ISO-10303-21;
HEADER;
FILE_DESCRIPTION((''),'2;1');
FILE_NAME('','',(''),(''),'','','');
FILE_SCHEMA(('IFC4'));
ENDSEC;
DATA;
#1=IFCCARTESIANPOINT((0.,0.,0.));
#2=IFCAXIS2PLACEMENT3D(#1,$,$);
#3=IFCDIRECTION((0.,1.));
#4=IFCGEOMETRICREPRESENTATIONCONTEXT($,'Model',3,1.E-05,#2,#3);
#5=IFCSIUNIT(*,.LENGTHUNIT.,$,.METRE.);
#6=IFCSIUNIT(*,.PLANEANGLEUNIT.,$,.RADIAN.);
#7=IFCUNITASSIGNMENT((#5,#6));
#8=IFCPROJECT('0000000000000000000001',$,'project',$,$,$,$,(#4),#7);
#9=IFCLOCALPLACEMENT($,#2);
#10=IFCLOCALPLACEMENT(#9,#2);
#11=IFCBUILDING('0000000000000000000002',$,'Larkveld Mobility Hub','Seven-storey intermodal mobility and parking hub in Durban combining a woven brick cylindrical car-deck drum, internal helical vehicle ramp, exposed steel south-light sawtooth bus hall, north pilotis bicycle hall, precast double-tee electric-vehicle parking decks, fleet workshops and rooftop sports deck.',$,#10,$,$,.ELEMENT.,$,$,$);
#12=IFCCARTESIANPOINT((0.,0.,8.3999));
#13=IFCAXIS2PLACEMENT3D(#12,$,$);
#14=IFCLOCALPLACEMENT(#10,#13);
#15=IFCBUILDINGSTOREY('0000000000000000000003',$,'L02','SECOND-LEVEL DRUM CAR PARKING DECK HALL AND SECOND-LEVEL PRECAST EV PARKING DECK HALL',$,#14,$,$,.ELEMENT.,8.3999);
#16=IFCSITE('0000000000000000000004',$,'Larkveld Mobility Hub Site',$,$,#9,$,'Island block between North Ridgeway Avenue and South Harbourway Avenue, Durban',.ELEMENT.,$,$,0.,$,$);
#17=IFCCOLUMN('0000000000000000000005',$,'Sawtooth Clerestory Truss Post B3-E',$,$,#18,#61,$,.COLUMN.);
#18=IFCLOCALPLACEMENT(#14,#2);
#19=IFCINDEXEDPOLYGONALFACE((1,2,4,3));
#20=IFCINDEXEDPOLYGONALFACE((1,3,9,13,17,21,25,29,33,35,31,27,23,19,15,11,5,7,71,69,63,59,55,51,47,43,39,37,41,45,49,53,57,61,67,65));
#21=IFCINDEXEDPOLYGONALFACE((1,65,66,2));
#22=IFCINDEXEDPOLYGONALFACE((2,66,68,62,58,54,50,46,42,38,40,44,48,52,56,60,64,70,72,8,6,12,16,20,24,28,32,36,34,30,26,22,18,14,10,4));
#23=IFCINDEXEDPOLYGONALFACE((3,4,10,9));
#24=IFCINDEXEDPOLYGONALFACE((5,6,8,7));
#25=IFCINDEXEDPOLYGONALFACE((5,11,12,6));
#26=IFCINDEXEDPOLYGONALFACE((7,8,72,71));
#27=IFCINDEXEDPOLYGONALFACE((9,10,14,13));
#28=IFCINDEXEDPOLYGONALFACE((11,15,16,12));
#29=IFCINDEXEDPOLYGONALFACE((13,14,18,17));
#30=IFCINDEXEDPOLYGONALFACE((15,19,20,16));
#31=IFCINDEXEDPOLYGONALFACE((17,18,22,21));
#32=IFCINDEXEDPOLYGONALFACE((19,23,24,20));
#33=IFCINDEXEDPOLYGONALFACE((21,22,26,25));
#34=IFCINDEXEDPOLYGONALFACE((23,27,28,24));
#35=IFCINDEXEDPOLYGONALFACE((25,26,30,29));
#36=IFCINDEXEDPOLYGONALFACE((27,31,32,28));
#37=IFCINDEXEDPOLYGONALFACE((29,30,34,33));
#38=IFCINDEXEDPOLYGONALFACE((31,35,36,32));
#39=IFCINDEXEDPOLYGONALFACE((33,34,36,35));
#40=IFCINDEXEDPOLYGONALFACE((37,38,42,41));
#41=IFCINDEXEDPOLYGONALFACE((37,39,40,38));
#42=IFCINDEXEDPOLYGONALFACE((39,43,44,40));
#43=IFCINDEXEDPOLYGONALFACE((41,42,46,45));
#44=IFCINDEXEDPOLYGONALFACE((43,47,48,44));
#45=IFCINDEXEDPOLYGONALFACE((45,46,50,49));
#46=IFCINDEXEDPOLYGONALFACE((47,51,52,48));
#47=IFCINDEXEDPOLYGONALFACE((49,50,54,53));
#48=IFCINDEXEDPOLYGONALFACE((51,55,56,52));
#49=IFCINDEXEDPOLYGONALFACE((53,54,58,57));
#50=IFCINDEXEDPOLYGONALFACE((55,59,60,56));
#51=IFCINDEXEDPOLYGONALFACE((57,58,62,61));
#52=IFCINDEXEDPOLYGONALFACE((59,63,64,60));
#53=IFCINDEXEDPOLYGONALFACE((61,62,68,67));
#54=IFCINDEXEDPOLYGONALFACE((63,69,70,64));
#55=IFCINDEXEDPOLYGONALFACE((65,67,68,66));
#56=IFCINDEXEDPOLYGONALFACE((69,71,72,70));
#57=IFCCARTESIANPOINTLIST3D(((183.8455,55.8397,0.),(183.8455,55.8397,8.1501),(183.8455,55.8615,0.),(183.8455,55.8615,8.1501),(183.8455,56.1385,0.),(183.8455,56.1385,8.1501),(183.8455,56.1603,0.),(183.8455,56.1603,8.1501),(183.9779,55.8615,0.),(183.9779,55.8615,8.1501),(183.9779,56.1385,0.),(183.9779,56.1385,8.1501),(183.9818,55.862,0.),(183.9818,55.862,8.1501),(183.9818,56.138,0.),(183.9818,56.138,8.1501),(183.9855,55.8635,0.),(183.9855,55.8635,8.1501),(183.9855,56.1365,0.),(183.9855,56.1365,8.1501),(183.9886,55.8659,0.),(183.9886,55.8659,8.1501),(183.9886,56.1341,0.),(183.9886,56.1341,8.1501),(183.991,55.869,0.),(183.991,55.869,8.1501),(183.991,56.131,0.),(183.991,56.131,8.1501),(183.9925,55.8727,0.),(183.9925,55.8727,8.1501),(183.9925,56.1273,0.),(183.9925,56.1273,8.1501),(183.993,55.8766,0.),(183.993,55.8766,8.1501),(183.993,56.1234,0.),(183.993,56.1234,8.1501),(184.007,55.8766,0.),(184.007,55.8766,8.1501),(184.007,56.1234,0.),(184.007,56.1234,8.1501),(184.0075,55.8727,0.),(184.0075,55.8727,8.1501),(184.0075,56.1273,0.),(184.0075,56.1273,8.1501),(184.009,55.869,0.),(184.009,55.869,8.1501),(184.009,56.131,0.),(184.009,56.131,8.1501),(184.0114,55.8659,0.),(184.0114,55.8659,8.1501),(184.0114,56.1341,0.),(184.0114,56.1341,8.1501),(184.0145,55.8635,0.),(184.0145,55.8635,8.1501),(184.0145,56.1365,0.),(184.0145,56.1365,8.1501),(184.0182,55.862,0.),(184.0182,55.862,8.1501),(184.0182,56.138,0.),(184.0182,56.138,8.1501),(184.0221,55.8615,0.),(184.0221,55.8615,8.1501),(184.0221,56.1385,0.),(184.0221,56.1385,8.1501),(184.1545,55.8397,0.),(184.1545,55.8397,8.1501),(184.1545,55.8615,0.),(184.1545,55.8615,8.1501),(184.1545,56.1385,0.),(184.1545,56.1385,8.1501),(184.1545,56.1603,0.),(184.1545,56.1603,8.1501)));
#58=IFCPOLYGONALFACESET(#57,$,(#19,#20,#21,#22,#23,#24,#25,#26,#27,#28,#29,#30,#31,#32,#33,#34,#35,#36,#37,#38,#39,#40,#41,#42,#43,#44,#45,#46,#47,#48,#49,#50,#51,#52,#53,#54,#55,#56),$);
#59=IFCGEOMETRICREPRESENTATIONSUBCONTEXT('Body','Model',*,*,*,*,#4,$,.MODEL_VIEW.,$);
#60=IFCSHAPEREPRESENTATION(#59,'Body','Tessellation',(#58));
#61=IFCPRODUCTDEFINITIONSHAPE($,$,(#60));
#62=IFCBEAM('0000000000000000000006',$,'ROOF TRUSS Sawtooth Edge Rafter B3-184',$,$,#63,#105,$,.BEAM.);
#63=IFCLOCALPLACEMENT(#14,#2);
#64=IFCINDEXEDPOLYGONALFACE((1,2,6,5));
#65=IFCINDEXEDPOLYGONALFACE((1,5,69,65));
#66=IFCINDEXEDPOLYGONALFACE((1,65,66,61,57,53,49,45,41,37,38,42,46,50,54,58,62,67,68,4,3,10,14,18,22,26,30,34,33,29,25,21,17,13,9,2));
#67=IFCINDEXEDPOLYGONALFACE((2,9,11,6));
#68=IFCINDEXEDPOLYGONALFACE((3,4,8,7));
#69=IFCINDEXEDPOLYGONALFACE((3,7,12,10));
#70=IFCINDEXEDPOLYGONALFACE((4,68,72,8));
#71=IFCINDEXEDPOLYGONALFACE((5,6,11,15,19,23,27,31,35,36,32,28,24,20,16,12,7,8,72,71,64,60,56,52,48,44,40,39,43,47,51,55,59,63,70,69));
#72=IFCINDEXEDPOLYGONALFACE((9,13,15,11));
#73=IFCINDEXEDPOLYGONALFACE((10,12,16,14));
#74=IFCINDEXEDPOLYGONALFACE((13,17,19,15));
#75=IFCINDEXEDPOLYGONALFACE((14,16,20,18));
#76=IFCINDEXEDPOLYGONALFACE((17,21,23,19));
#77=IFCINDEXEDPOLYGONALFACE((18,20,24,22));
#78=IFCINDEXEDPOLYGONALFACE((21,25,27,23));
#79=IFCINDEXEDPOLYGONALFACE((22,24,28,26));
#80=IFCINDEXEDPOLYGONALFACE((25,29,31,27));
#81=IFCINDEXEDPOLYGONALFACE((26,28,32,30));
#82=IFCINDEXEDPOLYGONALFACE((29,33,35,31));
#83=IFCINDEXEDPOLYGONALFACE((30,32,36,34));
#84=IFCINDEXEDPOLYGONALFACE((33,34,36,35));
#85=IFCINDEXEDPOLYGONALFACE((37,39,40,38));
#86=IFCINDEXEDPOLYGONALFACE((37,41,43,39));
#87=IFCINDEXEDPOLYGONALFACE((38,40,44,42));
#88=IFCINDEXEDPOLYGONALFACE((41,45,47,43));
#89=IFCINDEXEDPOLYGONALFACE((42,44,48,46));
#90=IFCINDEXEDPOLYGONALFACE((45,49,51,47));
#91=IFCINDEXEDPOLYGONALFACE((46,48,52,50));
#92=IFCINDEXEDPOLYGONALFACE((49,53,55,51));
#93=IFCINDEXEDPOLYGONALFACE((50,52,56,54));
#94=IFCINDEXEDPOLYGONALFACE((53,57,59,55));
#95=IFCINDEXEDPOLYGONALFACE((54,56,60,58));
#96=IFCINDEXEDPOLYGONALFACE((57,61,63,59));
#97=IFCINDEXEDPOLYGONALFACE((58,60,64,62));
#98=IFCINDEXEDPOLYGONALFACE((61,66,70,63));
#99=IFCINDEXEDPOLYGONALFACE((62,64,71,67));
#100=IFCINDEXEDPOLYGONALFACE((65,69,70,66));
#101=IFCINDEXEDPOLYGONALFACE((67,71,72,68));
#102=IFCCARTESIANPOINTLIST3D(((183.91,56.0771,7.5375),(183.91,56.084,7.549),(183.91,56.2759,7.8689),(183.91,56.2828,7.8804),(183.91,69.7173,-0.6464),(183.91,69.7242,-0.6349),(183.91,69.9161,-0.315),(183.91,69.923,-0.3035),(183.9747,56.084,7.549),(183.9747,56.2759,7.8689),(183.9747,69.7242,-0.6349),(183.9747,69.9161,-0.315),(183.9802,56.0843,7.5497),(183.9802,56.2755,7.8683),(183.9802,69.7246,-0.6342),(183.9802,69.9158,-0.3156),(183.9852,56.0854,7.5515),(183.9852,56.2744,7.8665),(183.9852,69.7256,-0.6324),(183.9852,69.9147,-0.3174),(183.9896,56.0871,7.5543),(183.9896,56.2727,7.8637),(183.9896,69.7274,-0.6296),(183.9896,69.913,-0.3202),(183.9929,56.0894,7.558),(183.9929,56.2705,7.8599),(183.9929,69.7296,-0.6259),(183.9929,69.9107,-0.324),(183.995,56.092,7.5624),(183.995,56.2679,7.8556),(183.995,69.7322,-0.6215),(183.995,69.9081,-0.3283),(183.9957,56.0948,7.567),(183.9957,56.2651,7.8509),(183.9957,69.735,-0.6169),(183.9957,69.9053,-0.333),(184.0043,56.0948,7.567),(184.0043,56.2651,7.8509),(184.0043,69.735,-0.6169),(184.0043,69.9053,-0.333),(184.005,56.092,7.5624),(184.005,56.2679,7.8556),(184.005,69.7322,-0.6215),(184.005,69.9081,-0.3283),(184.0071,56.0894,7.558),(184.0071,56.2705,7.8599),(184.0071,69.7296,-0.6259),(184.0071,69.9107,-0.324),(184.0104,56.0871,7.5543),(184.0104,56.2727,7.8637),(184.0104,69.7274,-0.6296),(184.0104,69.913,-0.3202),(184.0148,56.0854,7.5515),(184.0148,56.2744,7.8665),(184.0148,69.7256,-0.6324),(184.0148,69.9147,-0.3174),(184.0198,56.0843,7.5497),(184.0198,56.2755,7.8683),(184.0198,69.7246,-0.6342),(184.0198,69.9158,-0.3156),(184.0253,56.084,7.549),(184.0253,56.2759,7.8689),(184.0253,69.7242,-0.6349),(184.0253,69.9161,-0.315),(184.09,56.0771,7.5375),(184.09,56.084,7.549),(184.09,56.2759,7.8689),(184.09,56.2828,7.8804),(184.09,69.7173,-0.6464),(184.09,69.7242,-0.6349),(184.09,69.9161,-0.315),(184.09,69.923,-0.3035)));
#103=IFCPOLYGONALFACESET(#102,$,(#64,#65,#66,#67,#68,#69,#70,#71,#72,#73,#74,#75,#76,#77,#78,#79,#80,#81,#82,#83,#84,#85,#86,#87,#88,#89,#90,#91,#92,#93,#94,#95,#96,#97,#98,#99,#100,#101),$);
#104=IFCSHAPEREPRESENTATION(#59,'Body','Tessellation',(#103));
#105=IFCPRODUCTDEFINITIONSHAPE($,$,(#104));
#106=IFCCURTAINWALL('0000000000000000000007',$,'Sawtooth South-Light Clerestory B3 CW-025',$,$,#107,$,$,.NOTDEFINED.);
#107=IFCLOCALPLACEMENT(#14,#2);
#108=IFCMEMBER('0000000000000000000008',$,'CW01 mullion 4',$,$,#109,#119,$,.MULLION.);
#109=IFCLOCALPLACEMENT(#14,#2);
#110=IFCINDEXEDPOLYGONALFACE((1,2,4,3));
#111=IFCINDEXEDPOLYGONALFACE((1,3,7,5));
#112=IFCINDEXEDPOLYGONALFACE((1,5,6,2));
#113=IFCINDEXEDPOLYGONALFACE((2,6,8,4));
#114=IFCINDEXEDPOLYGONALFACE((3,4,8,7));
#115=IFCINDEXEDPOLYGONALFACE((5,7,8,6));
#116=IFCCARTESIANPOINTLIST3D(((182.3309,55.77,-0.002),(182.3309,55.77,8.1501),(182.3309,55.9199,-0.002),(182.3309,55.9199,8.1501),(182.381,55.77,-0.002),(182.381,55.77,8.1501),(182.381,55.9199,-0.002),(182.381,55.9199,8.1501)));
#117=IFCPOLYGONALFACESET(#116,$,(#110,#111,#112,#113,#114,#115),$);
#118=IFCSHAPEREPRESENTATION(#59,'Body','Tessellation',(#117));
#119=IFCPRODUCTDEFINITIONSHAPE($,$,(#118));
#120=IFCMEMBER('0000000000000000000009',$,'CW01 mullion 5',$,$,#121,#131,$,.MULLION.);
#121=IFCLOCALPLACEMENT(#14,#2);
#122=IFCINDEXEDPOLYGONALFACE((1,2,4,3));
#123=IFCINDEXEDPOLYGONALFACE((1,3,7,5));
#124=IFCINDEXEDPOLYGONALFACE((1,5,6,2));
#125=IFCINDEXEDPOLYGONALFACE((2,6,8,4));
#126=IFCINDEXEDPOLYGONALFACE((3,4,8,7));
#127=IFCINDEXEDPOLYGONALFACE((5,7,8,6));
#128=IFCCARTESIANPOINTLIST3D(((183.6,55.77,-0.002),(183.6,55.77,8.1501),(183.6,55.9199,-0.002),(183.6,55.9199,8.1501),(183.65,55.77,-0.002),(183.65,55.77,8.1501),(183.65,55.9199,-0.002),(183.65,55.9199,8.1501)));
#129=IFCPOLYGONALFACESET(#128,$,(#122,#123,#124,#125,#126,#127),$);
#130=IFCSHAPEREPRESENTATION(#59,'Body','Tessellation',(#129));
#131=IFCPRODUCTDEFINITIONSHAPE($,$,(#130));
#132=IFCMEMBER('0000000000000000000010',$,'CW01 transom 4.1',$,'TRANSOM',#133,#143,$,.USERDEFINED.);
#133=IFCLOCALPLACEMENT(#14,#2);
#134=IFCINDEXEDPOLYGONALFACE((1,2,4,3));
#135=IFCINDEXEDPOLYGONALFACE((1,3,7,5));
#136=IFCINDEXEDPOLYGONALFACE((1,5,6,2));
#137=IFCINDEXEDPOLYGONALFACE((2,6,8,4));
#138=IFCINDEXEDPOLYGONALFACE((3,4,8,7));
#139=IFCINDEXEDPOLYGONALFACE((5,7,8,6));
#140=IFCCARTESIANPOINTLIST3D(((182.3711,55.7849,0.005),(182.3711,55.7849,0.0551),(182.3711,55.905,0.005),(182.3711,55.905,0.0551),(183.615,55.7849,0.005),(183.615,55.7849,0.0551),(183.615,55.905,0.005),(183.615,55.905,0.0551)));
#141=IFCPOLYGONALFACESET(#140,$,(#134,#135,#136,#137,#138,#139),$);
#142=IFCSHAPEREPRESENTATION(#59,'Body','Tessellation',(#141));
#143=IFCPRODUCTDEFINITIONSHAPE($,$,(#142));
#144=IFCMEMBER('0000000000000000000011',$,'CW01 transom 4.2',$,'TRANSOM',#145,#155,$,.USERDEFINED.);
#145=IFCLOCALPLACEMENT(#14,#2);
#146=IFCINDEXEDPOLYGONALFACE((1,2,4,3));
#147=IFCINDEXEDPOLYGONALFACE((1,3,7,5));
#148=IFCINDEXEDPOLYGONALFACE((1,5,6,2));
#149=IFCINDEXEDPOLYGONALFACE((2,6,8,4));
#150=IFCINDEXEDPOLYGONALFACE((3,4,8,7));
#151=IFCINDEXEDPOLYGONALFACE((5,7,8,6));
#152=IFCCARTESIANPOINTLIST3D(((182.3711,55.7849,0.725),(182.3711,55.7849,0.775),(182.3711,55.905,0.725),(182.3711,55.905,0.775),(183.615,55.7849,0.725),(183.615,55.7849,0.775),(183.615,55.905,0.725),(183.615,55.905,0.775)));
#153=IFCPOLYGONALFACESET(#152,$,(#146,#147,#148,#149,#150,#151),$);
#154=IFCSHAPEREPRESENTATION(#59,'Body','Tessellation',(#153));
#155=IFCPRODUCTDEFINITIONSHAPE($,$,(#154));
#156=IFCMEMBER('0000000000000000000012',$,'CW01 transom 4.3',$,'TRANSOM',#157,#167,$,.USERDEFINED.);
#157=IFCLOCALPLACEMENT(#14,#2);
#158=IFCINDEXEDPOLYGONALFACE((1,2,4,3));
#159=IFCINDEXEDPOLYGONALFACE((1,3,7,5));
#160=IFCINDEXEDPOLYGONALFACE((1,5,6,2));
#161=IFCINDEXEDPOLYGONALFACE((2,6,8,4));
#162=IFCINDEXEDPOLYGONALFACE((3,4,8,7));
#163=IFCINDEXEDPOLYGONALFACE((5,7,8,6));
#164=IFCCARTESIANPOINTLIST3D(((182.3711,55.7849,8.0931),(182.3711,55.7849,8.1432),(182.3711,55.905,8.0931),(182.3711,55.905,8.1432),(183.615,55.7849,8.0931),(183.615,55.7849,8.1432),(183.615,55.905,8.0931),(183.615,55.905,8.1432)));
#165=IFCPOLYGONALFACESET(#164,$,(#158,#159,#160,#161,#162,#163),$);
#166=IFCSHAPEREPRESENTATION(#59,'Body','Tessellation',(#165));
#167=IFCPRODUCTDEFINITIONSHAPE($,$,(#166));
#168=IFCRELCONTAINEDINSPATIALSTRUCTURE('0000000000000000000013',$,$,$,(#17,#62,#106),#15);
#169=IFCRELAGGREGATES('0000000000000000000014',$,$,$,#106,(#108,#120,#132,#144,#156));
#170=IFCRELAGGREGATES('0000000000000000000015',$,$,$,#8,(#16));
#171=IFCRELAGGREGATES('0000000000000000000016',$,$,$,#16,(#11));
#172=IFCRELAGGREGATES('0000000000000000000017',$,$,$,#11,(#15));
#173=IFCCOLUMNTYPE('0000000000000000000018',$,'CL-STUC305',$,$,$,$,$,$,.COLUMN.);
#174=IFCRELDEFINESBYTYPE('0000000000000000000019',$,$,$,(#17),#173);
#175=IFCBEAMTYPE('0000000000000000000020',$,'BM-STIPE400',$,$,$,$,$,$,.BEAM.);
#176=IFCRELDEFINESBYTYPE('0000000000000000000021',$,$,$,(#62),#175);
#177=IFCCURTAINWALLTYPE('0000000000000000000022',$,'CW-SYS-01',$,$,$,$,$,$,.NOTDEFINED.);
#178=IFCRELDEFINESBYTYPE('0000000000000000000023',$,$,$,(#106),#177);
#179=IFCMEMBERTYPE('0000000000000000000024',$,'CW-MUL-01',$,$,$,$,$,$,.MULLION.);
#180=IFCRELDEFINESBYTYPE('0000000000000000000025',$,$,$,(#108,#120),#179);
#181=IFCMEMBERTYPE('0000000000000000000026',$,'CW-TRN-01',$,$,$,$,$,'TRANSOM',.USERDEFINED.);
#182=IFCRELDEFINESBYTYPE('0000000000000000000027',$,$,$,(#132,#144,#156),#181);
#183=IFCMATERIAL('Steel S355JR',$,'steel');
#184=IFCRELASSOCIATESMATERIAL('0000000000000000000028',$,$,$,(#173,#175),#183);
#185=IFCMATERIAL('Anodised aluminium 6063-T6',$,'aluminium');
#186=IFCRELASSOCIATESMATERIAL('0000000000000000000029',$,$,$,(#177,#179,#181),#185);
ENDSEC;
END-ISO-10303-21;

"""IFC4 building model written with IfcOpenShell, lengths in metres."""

from ifc_helpers import new_model, si_unit, direction, frame, origin, origin_2d, place, context, subcontext, project, spatial, rectangle, i_section, extrude, material, material_profile, profile_set, type_object, element, aggregate, save


model = new_model("IFC4")

# Units and contexts
model_context = context("Model", 3, precision=1e-05, world=origin(), true_north=direction((0.0, 1.0)))
body_context = subcontext(model_context, "Body", "Model", "MODEL_VIEW")
ifc_project = project(units=[si_unit("LENGTHUNIT", "METRE"), si_unit("PLANEANGLEUNIT", "RADIAN")], contexts=[model_context])

# Site, building, storey
site_placement = place(None, origin())
site = spatial("IfcSite", under=ifc_project, at=site_placement, Name="Larkveld Mobility Hub Site", LongName="Island block between North Ridgeway Avenue and South Harbourway Avenue, Durban", CompositionType="ELEMENT", RefElevation=0.0)
building_placement = place(site_placement, origin())
building = spatial("IfcBuilding", under=site, at=building_placement, Name="Larkveld Mobility Hub", Description="Seven-storey intermodal mobility and parking hub in Durban combining a woven brick cylindrical car-deck drum, internal helical vehicle ramp, exposed steel south-light sawtooth bus hall, north pilotis bicycle hall, precast double-tee electric-vehicle parking decks, fleet workshops and rooftop sports deck.", CompositionType="ELEMENT")
storey_placement = place(building_placement, frame((0.0, 0.0, 8.3999)))
storey = spatial("IfcBuildingStorey", under=building, at=storey_placement, Name="L02", Description="SECOND-LEVEL DRUM CAR PARKING DECK HALL AND SECOND-LEVEL PRECAST EV PARKING DECK HALL", CompositionType="ELEMENT", Elevation=8.3999)

# Column
ifc_material_1 = material(Name="Steel S355JR", Category="steel")
ifc_material_profile_1 = material_profile(ifc_material_1, i_section(OverallWidth=0.3091, OverallDepth=0.3206, WebThickness=0.0139, FlangeThickness=0.0217, FilletRadius=0.0151, at=origin_2d()), Name="UC 305x305x137")
ifc_profile_set_1 = profile_set([ifc_material_profile_1], Name="Steel S355JR")
column_type = type_object("IfcColumnType", Name="CL-STUC305", PredefinedType="COLUMN", material=ifc_profile_set_1)
column_placement = place(storey_placement, frame((184.0, 56.0, 0.0), z_axis=(0.0, 0.0, 1.0), x_axis=(1.0, 0.0, 0.0)))
element("IfcColumn", 1, at=column_placement, inside=storey, type_object=column_type, Name="Sawtooth Clerestory Truss Post B3-E", PredefinedType="COLUMN", context=body_context, shape_type="SweptSolid", body=[
    extrude(i_section(OverallWidth=0.3091, OverallDepth=0.3206, WebThickness=0.0139, FlangeThickness=0.0217, FilletRadius=0.0151, at=origin_2d()), origin(), (0.0, 0.0, 1.0), 8.1501),
])

# Beam
ifc_material_profile_2 = material_profile(ifc_material_1, i_section(OverallWidth=0.1799, OverallDepth=0.3999, WebThickness=0.0085, FlangeThickness=0.0134, FilletRadius=0.021, at=origin_2d()), Name="IPE 400")
ifc_profile_set_2 = profile_set([ifc_material_profile_2], Name="Steel S355JR")
beam_type = type_object("IfcBeamType", Name="BM-STIPE400", PredefinedType="BEAM", material=ifc_profile_set_2)
beam_placement = place(storey_placement, frame((184.0, 56.1799, 7.709), z_axis=(0.0, 0.8575, -0.514484), x_axis=(-1.0, 0.0, 0.0)))
element("IfcBeam", 2, at=beam_placement, inside=storey, type_object=beam_type, Name="ROOF TRUSS Sawtooth Edge Rafter B3-184", PredefinedType="BEAM", context=body_context, shape_type="SweptSolid", body=[
    extrude(i_section(OverallWidth=0.1799, OverallDepth=0.3999, WebThickness=0.0085, FlangeThickness=0.0134, FilletRadius=0.021, at=origin_2d()), origin(), (0.0, 0.0, 1.0), 15.907),
])

# Curtain wall, members
ifc_material_2 = material(Name="Anodised aluminium 6063-T6", Category="aluminium")
curtain_wall_type = type_object("IfcCurtainWallType", Name="CW-SYS-01", PredefinedType="NOTDEFINED", material=ifc_material_2)
curtain_wall_placement = place(storey_placement, origin())
curtain_wall = element("IfcCurtainWall", 3, at=curtain_wall_placement, inside=storey, type_object=curtain_wall_type, Name="Sawtooth South-Light Clerestory B3 CW-025", PredefinedType="NOTDEFINED")
ifc_material_profile_3 = material_profile(ifc_material_2, rectangle(XDim=0.05, YDim=0.1499, at=origin_2d()), Name="ALU MULL 50x150")
ifc_profile_set_3 = profile_set([ifc_material_profile_3], Name="Anodised aluminium 6063-T6")
member_type_1 = type_object("IfcMemberType", Name="CW-MUL-01", PredefinedType="MULLION", material=ifc_profile_set_3)
member_1_placement = place(storey_placement, frame((182.356, 55.845, -0.002), z_axis=(0.0, 0.0, 1.0), x_axis=(1.0, 0.0, 0.0)))
member_1 = element("IfcMember", 4, at=member_1_placement, type_object=member_type_1, Name="CW01 mullion 4", PredefinedType="MULLION", context=body_context, shape_type="SweptSolid", body=[
    extrude(rectangle(XDim=0.05, YDim=0.1499, at=origin_2d()), origin(), (0.0, 0.0, 1.0), 8.1521),
])
member_2_placement = place(storey_placement, frame((183.625, 55.845, -0.002), z_axis=(0.0, 0.0, 1.0), x_axis=(1.0, 0.0, 0.0)))
member_2 = element("IfcMember", 5, at=member_2_placement, type_object=member_type_1, Name="CW01 mullion 5", PredefinedType="MULLION", context=body_context, shape_type="SweptSolid", body=[
    extrude(rectangle(XDim=0.05, YDim=0.1499, at=origin_2d()), origin(), (0.0, 0.0, 1.0), 8.1521),
])
ifc_material_profile_4 = material_profile(ifc_material_2, rectangle(XDim=0.1201, YDim=0.05, at=origin_2d()), Name="ALU TRAN 50x120")
ifc_profile_set_4 = profile_set([ifc_material_profile_4], Name="Anodised aluminium 6063-T6")
member_type_2 = type_object("IfcMemberType", Name="CW-TRN-01", ElementType="TRANSOM", PredefinedType="USERDEFINED", material=ifc_profile_set_4)
member_3_placement = place(storey_placement, frame((182.3711, 55.845, 0.03), z_axis=(1.0, 0.0, 0.0), x_axis=(0.0, 1.0, 0.0)))
member_3 = element("IfcMember", 6, at=member_3_placement, type_object=member_type_2, Name="CW01 transom 4.1", ObjectType="TRANSOM", PredefinedType="USERDEFINED", context=body_context, shape_type="SweptSolid", body=[
    extrude(rectangle(XDim=0.1201, YDim=0.05, at=origin_2d()), origin(), (0.0, 0.0, 1.0), 1.2439),
])
member_4_placement = place(storey_placement, frame((182.3711, 55.845, 0.75), z_axis=(1.0, 0.0, 0.0), x_axis=(0.0, 1.0, 0.0)))
member_4 = element("IfcMember", 7, at=member_4_placement, type_object=member_type_2, Name="CW01 transom 4.2", ObjectType="TRANSOM", PredefinedType="USERDEFINED", context=body_context, shape_type="SweptSolid", body=[
    extrude(rectangle(XDim=0.1201, YDim=0.05, at=origin_2d()), origin(), (0.0, 0.0, 1.0), 1.2439),
])
member_5_placement = place(storey_placement, frame((182.3711, 55.845, 8.1182), z_axis=(1.0, 0.0, 0.0), x_axis=(0.0, 1.0, 0.0)))
member_5 = element("IfcMember", 8, at=member_5_placement, type_object=member_type_2, Name="CW01 transom 4.3", ObjectType="TRANSOM", PredefinedType="USERDEFINED", context=body_context, shape_type="SweptSolid", body=[
    extrude(rectangle(XDim=0.1201, YDim=0.05, at=origin_2d()), origin(), (0.0, 0.0, 1.0), 1.2439),
])

aggregate(curtain_wall, [member_1, member_2, member_3, member_4, member_5])

save(model, "model.ifc")
